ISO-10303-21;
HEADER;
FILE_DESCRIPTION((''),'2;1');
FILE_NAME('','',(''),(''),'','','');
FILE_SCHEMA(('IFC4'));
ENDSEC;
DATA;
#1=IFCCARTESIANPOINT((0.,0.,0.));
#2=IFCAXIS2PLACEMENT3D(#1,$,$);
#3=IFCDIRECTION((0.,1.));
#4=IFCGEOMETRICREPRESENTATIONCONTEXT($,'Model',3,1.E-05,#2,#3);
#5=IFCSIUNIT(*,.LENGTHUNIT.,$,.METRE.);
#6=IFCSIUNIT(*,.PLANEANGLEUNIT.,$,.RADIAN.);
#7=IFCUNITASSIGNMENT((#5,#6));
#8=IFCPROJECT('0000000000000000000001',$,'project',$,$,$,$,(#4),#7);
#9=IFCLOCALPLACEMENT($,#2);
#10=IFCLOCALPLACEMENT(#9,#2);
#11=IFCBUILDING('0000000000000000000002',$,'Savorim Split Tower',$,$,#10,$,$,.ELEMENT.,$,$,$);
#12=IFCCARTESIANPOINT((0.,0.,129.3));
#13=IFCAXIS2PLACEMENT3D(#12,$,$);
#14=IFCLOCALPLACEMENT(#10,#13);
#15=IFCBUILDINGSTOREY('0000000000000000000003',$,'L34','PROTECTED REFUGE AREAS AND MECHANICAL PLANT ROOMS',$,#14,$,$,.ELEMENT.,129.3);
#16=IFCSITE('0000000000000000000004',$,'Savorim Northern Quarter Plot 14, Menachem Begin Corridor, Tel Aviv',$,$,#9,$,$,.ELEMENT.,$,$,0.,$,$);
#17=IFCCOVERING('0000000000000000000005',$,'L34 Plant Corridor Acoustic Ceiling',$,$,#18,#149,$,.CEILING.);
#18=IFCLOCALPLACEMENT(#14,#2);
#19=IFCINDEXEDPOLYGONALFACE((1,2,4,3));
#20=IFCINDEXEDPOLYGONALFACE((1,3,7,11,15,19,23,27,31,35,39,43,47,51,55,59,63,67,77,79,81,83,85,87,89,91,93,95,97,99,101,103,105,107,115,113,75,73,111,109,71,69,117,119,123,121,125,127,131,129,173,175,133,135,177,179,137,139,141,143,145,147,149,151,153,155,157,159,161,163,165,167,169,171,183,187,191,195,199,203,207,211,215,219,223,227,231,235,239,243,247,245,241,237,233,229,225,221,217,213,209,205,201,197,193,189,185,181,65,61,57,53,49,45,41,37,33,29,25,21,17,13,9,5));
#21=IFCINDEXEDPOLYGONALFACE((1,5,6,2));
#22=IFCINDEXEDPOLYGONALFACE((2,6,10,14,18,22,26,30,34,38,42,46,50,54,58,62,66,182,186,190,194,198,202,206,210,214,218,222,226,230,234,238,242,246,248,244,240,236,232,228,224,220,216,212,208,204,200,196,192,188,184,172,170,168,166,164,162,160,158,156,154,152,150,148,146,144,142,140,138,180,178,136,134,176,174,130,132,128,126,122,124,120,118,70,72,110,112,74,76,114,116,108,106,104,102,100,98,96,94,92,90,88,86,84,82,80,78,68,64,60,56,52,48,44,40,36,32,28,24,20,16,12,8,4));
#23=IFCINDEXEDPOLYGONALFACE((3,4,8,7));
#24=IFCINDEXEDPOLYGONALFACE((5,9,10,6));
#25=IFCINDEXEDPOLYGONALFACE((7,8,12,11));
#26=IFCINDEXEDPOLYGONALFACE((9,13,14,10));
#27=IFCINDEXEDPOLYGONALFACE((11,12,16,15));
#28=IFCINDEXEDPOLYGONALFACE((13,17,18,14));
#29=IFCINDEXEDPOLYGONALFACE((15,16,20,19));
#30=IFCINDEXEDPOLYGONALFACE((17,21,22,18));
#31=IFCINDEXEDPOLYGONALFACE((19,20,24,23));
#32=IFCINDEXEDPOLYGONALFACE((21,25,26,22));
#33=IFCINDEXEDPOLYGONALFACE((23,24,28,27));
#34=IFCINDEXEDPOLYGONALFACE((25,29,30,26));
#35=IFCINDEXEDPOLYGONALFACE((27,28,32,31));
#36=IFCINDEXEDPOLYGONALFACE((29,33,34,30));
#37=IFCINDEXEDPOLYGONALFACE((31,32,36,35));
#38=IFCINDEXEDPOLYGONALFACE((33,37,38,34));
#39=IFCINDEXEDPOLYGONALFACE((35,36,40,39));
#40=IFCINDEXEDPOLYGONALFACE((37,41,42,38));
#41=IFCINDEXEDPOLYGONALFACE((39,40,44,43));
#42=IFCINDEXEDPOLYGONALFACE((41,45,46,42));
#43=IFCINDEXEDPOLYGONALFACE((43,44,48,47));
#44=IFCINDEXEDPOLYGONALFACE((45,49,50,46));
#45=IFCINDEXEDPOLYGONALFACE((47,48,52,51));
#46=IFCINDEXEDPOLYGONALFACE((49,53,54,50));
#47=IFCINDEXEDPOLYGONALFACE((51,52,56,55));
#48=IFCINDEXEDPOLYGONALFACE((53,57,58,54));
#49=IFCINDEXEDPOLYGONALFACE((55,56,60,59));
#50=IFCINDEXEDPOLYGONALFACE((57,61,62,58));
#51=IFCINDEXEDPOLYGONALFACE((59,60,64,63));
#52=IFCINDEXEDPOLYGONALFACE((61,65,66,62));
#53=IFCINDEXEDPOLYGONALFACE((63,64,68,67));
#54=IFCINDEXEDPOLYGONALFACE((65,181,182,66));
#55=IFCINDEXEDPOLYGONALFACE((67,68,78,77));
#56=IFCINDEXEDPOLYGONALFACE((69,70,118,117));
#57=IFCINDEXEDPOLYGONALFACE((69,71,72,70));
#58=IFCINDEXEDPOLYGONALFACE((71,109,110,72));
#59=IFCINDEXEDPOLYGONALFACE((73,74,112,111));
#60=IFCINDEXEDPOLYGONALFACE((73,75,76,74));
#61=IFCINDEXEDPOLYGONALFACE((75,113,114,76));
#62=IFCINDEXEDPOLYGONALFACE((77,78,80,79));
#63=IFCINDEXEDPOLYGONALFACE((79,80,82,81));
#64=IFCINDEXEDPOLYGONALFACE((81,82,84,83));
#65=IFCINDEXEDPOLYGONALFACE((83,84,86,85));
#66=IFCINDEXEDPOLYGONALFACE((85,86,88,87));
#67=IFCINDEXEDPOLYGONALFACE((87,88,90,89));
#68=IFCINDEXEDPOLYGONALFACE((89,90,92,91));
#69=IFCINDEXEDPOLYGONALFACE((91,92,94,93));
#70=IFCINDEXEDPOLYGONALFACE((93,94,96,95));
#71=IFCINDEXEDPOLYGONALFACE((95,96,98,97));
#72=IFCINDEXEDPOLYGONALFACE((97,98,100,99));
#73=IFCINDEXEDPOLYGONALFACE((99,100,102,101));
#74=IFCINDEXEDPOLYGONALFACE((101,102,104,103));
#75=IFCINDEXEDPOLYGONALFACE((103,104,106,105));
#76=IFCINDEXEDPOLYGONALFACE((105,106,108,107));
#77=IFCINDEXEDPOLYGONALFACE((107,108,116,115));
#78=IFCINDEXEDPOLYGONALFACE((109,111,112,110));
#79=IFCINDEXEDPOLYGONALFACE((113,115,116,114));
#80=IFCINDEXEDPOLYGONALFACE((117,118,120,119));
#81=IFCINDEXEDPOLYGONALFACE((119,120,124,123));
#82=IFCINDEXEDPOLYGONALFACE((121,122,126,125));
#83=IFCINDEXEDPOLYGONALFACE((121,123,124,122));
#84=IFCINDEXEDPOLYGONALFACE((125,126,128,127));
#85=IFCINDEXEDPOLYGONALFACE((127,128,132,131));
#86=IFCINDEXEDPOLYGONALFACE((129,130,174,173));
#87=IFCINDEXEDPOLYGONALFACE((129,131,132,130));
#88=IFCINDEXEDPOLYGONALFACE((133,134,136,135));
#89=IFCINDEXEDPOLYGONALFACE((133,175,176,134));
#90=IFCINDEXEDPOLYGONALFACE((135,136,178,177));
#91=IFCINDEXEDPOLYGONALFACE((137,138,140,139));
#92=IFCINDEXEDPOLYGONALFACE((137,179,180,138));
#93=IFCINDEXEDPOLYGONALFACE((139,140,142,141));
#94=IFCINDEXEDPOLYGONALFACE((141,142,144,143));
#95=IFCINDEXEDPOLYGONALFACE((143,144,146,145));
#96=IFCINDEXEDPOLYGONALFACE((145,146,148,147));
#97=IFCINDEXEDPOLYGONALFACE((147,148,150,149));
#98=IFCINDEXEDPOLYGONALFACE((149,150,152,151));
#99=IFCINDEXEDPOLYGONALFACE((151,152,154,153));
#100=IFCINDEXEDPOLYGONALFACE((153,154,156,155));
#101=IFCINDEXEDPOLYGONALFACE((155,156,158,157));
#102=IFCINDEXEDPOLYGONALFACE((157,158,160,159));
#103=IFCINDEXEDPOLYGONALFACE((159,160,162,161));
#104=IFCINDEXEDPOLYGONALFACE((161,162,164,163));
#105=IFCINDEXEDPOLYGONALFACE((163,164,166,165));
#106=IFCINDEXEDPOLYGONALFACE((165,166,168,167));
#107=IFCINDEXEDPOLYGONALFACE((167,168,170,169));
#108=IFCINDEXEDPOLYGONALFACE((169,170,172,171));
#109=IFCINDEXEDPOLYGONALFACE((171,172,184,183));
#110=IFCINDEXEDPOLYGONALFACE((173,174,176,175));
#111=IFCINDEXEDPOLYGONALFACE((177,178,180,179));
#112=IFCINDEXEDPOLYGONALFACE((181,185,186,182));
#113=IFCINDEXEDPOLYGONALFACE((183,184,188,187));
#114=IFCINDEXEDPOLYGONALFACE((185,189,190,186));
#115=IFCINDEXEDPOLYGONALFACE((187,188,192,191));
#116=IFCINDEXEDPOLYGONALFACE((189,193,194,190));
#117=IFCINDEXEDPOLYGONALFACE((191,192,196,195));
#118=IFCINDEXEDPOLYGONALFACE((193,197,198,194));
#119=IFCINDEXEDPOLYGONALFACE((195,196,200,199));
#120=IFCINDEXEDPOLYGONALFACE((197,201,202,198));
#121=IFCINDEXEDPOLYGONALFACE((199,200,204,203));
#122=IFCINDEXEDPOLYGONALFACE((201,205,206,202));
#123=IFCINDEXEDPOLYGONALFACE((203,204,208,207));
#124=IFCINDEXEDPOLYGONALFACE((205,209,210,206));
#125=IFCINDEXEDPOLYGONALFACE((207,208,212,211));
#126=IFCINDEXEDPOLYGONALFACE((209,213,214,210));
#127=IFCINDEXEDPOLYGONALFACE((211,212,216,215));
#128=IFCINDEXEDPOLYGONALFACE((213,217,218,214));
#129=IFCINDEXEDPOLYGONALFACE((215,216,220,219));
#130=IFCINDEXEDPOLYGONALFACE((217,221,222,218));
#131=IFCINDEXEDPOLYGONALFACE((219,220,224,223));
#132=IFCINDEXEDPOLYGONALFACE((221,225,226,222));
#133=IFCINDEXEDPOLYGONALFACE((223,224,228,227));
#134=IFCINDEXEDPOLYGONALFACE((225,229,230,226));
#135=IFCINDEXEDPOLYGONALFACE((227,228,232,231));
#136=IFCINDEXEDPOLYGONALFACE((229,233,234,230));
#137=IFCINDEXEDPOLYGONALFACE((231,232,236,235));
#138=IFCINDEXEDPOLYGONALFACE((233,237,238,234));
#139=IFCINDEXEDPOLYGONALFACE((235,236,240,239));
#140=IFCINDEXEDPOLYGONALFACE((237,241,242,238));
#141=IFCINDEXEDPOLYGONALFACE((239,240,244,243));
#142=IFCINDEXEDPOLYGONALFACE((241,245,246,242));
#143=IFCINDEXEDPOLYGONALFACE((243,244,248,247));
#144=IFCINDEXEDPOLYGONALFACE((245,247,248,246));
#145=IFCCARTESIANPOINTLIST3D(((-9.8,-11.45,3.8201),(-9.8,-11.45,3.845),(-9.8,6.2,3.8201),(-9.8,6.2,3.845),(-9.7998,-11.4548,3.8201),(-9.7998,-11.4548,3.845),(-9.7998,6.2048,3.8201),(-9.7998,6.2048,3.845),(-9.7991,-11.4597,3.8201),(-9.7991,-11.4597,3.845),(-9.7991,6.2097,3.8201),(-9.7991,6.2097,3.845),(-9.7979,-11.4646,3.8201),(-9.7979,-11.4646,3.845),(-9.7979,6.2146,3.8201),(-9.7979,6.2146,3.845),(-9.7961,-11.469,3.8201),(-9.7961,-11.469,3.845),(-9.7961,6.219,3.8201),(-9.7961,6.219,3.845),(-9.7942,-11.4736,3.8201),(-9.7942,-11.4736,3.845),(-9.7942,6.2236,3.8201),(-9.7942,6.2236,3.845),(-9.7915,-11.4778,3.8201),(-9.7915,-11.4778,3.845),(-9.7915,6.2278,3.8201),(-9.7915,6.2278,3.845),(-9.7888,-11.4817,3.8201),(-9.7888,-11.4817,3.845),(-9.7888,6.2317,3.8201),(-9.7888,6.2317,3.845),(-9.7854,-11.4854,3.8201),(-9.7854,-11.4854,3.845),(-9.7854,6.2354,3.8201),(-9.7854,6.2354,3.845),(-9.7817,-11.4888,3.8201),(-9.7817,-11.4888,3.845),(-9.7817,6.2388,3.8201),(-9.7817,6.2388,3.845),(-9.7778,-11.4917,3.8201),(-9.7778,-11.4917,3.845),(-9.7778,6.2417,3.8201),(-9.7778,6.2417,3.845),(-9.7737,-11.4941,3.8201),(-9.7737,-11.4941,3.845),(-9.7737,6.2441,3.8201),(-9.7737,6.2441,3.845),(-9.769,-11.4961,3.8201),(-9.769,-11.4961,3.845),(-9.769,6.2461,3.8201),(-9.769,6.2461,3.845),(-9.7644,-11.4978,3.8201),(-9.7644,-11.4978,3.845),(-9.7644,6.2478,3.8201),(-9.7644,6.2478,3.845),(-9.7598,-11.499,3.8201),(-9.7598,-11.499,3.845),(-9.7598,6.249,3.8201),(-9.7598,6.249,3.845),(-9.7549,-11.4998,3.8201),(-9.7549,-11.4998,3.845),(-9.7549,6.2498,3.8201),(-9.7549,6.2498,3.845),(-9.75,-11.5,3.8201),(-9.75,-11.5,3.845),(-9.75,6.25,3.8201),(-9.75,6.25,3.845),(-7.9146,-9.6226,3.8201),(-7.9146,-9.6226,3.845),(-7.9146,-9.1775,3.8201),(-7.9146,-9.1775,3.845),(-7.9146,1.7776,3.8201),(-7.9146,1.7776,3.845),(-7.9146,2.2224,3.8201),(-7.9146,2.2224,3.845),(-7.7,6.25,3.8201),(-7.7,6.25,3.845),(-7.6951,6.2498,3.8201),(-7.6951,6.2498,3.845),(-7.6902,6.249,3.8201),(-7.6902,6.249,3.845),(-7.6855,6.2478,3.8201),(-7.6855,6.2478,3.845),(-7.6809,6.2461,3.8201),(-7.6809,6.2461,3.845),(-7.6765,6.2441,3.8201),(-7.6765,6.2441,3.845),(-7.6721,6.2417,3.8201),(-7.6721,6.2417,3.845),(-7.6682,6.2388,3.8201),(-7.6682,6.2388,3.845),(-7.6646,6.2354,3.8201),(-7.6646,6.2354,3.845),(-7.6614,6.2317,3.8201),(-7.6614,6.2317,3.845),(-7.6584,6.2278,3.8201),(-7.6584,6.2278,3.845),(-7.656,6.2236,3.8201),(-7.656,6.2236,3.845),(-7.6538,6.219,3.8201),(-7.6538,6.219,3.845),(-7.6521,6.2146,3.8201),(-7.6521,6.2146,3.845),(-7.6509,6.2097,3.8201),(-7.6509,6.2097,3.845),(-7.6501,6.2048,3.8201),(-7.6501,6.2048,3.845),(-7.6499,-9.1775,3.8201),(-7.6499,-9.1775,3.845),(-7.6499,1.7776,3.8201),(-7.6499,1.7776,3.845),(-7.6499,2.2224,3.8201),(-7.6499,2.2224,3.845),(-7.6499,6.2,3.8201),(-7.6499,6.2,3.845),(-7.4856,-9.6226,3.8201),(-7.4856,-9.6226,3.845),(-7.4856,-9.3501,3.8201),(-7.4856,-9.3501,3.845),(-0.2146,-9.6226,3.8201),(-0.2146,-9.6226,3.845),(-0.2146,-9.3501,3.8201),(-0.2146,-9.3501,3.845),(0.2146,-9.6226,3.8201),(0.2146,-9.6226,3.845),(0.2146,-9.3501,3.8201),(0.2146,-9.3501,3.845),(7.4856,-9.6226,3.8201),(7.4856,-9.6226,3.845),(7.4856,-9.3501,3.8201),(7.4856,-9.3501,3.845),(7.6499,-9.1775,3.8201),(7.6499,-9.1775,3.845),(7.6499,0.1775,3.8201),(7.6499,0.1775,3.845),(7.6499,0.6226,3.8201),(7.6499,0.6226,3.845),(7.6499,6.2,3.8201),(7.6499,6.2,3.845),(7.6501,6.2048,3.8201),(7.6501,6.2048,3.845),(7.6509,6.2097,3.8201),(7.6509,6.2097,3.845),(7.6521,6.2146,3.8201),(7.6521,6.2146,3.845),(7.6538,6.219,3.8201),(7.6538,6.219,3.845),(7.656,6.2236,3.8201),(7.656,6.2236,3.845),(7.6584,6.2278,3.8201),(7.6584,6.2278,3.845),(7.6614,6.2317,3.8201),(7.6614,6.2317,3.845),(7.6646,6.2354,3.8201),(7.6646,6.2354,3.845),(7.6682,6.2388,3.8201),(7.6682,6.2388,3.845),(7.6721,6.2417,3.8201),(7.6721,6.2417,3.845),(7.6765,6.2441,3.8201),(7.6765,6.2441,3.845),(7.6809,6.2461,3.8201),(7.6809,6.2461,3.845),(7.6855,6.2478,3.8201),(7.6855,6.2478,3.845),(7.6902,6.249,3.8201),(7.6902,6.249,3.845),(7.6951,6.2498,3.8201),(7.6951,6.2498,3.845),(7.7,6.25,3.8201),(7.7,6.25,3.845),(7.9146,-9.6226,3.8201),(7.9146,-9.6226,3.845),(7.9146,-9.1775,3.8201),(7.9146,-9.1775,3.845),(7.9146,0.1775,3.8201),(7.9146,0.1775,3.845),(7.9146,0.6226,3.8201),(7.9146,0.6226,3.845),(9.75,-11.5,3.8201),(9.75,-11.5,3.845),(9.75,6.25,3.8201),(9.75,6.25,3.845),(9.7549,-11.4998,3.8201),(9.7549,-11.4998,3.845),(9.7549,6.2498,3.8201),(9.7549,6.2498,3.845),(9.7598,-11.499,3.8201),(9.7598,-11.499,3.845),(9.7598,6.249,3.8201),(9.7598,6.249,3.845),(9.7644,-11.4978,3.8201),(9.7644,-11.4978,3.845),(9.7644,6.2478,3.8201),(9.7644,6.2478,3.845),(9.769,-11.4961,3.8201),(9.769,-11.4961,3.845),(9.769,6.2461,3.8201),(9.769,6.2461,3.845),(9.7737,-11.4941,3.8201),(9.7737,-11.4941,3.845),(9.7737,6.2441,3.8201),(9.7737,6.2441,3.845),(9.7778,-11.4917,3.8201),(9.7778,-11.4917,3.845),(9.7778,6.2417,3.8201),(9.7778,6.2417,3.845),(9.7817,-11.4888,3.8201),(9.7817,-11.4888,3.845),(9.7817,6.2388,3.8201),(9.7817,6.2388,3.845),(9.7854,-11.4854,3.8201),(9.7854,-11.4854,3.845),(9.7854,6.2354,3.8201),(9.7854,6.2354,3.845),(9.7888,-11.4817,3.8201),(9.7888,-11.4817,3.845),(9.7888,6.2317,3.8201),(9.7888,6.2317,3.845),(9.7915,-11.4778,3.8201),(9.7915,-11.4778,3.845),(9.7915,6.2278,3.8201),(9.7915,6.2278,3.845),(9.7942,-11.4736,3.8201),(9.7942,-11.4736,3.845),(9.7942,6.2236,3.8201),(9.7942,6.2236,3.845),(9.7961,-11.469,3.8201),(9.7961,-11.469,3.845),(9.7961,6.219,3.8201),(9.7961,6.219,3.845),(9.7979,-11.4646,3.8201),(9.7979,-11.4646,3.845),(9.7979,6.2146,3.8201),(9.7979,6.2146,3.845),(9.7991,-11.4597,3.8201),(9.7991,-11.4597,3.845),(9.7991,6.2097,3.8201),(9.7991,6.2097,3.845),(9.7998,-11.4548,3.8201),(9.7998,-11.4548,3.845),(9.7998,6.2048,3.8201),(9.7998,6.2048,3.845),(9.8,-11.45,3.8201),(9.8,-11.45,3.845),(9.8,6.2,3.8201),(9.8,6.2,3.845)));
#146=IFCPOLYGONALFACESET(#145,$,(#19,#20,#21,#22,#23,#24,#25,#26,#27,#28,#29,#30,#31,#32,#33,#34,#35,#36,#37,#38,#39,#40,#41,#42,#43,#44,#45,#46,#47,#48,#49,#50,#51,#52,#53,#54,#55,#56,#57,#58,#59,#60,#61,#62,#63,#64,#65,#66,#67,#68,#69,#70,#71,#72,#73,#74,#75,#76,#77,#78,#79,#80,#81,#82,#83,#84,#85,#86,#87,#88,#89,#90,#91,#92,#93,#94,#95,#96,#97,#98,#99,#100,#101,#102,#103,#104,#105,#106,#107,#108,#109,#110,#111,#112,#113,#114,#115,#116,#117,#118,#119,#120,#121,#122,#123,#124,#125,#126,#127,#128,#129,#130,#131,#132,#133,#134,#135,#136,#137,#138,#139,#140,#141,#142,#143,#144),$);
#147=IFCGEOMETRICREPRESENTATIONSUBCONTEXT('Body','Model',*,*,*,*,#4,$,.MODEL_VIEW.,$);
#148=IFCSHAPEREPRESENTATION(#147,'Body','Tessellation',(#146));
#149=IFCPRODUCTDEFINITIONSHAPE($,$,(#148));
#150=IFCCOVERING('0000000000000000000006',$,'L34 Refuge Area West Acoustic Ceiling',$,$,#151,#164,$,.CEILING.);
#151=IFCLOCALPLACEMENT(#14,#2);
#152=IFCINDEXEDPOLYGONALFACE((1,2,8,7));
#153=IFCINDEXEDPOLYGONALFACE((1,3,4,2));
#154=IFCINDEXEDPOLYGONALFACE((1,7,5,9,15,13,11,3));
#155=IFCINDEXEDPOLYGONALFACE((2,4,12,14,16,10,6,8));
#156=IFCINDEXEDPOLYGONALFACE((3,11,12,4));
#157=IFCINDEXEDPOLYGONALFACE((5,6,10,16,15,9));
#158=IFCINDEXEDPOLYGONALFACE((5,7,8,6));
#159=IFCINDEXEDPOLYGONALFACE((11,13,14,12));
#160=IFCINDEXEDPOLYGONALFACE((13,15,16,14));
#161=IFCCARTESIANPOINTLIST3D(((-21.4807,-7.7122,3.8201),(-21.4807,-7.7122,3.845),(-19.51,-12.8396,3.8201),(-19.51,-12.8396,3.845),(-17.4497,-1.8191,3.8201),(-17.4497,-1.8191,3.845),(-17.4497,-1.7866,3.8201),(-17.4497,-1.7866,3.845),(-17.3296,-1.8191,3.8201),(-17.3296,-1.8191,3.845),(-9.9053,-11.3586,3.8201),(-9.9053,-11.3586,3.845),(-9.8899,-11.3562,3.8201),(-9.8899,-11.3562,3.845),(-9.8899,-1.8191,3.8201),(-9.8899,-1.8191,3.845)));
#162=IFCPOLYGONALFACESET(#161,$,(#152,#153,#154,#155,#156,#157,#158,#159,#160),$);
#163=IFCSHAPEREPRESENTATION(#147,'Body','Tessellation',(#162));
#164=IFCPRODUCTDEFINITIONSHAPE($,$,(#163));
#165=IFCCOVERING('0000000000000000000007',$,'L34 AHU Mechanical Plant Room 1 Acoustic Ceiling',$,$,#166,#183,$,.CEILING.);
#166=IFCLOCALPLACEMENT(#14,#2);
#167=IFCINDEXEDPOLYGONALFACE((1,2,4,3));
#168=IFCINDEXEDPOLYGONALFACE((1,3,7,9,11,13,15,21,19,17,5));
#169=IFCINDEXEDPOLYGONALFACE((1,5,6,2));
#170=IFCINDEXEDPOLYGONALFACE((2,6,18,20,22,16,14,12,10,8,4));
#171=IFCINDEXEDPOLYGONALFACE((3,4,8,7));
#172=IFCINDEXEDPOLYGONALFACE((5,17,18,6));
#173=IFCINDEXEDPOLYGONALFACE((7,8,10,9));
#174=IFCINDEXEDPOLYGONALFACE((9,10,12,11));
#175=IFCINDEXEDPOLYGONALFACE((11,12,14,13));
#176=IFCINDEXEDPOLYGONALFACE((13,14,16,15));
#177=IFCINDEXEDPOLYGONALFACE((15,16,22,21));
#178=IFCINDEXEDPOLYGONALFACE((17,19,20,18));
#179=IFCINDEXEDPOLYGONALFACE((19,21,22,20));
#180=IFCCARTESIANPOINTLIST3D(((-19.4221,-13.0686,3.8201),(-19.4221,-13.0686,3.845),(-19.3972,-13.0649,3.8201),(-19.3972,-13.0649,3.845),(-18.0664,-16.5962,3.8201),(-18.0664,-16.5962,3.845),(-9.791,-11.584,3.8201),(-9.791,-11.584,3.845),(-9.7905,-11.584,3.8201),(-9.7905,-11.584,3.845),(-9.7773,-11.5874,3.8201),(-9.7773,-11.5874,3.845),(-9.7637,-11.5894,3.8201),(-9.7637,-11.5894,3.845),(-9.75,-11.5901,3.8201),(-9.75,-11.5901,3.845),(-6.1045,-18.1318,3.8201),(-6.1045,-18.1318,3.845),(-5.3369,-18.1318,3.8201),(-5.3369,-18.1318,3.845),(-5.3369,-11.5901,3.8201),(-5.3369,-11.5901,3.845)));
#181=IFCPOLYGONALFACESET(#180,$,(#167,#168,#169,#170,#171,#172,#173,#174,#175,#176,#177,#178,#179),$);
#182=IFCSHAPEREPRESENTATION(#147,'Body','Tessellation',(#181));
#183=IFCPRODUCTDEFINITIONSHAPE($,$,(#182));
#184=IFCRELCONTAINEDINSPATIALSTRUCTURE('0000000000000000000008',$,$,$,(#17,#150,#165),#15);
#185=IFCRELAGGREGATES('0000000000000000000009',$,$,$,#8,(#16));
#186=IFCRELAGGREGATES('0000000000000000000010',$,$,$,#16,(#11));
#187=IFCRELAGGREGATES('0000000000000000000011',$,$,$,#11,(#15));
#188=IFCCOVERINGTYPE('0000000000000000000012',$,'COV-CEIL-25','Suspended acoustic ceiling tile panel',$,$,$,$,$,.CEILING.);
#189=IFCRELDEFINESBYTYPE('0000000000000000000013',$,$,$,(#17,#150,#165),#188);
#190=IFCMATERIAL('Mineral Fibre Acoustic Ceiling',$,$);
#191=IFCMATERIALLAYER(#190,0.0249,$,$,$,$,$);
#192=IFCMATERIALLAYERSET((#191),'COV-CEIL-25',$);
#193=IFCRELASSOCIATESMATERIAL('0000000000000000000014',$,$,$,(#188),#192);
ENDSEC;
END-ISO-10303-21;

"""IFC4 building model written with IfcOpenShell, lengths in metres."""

from ifc_helpers import new_model, si_unit, direction, frame, origin, place, context, subcontext, project, spatial, polyline, outline, extrude, material, layer, layer_set, type_object, element, save


model = new_model("IFC4")

# Units and contexts
model_context = context("Model", 3, precision=1e-05, world=origin(), true_north=direction((0.0, 1.0)))
body_context = subcontext(model_context, "Body", "Model", "MODEL_VIEW")
ifc_project = project(units=[si_unit("LENGTHUNIT", "METRE"), si_unit("PLANEANGLEUNIT", "RADIAN")], contexts=[model_context])

# Site, building, storey
site_placement = place(None, origin())
site = spatial("IfcSite", under=ifc_project, at=site_placement, Name="Savorim Northern Quarter Plot 14, Menachem Begin Corridor, Tel Aviv", CompositionType="ELEMENT", RefElevation=0.0)
building_placement = place(site_placement, origin())
building = spatial("IfcBuilding", under=site, at=building_placement, Name="Savorim Split Tower", CompositionType="ELEMENT")
storey_placement = place(building_placement, frame((0.0, 0.0, 129.3)))
storey = spatial("IfcBuildingStorey", under=building, at=storey_placement, Name="L34", Description="PROTECTED REFUGE AREAS AND MECHANICAL PLANT ROOMS", CompositionType="ELEMENT", Elevation=129.3)

# Coverings
ifc_material_1 = material(Name="Mineral Fibre Acoustic Ceiling")
ifc_layer_1 = layer(ifc_material_1, 0.0249)
ifc_layer_set_1 = layer_set([ifc_layer_1], Name="COV-CEIL-25")
covering_type_1 = type_object("IfcCoveringType", Name="COV-CEIL-25", Description="Suspended acoustic ceiling tile panel", PredefinedType="CEILING", material=ifc_layer_set_1)
covering_1_placement = place(storey_placement, frame((0.0, 0.0, 3.8201)))
element("IfcCovering", 1, at=covering_1_placement, inside=storey, type_object=covering_type_1, Name="L34 Plant Corridor Acoustic Ceiling", PredefinedType="CEILING", context=body_context, shape_type="SweptSolid", body=[
    extrude(outline(polyline([(7.9146, 0.1775), (7.6499, 0.1775), (7.6499, -9.1775), (7.9146, -9.1775), (7.9146, -9.6226), (7.4856, -9.6226), (7.4856, -9.3501), (0.2146, -9.3501), (0.2146, -9.6226), (-0.2146, -9.6226), (-0.2146, -9.3501), (-7.4856, -9.3501), (-7.4856, -9.6226), (-7.9146, -9.6226), (-7.9146, -9.1775), (-7.6499, -9.1775), (-7.6499, 1.7776), (-7.9146, 1.7776), (-7.9146, 2.2224), (-7.6499, 2.2224), (-7.6499, 6.2), (-7.6501, 6.2048), (-7.6509, 6.2097), (-7.6521, 6.2146), (-7.6538, 6.219), (-7.656, 6.2236), (-7.6584, 6.2278), (-7.6614, 6.2317), (-7.6646, 6.2354), (-7.6682, 6.2388), (-7.6721, 6.2417), (-7.6765, 6.2441), (-7.6809, 6.2461), (-7.6855, 6.2478), (-7.6902, 6.249), (-7.6951, 6.2498), (-7.7, 6.25), (-9.75, 6.25), (-9.7549, 6.2498), (-9.7598, 6.249), (-9.7644, 6.2478), (-9.769, 6.2461), (-9.7737, 6.2441), (-9.7778, 6.2417), (-9.7817, 6.2388), (-9.7854, 6.2354), (-9.7888, 6.2317), (-9.7915, 6.2278), (-9.7942, 6.2236), (-9.7961, 6.219), (-9.7979, 6.2146), (-9.7991, 6.2097), (-9.7998, 6.2048), (-9.8, 6.2), (-9.8, -11.45), (-9.7998, -11.4548), (-9.7991, -11.4597), (-9.7979, -11.4646), (-9.7961, -11.469), (-9.7942, -11.4736), (-9.7915, -11.4778), (-9.7888, -11.4817), (-9.7854, -11.4854), (-9.7817, -11.4888), (-9.7778, -11.4917), (-9.7737, -11.4941), (-9.769, -11.4961), (-9.7644, -11.4978), (-9.7598, -11.499), (-9.7549, -11.4998), (-9.75, -11.5), (9.75, -11.5), (9.7549, -11.4998), (9.7598, -11.499), (9.7644, -11.4978), (9.769, -11.4961), (9.7737, -11.4941), (9.7778, -11.4917), (9.7817, -11.4888), (9.7854, -11.4854), (9.7888, -11.4817), (9.7915, -11.4778), (9.7942, -11.4736), (9.7961, -11.469), (9.7979, -11.4646), (9.7991, -11.4597), (9.7998, -11.4548), (9.8, -11.45), (9.8, 6.2), (9.7998, 6.2048), (9.7991, 6.2097), (9.7979, 6.2146), (9.7961, 6.219), (9.7942, 6.2236), (9.7915, 6.2278), (9.7888, 6.2317), (9.7854, 6.2354), (9.7817, 6.2388), (9.7778, 6.2417), (9.7737, 6.2441), (9.769, 6.2461), (9.7644, 6.2478), (9.7598, 6.249), (9.7549, 6.2498), (9.75, 6.25), (7.7, 6.25), (7.6951, 6.2498), (7.6902, 6.249), (7.6855, 6.2478), (7.6809, 6.2461), (7.6765, 6.2441), (7.6721, 6.2417), (7.6682, 6.2388), (7.6646, 6.2354), (7.6614, 6.2317), (7.6584, 6.2278), (7.656, 6.2236), (7.6538, 6.219), (7.6521, 6.2146), (7.6509, 6.2097), (7.6501, 6.2048), (7.6499, 6.2), (7.6499, 0.6226), (7.9146, 0.6226), (7.9146, 0.1775)])), origin(), (0.0, 0.0, 1.0), 0.0249),
])
covering_2_placement = place(storey_placement, frame((0.0, 0.0, 3.8201)))
element("IfcCovering", 2, at=covering_2_placement, inside=storey, type_object=covering_type_1, Name="L34 Refuge Area West Acoustic Ceiling", PredefinedType="CEILING", context=body_context, shape_type="SweptSolid", body=[
    extrude(outline(polyline([(-17.4497, -1.8191), (-17.4497, -1.7866), (-21.4807, -7.7122), (-19.51, -12.8396), (-9.9053, -11.3586), (-9.8899, -11.3562), (-9.8899, -1.8191), (-17.3296, -1.8191), (-17.4497, -1.8191)])), origin(), (0.0, 0.0, 1.0), 0.0249),
])
covering_3_placement = place(storey_placement, frame((0.0, 0.0, 3.8201)))
element("IfcCovering", 3, at=covering_3_placement, inside=storey, type_object=covering_type_1, Name="L34 AHU Mechanical Plant Room 1 Acoustic Ceiling", PredefinedType="CEILING", context=body_context, shape_type="SweptSolid", body=[
    extrude(outline(polyline([(-19.4221, -13.0686), (-18.0664, -16.5962), (-6.1045, -18.1318), (-5.3369, -18.1318), (-5.3369, -11.5901), (-9.75, -11.5901), (-9.7637, -11.5894), (-9.7773, -11.5874), (-9.7905, -11.584), (-9.791, -11.584), (-19.3972, -13.0649), (-19.4221, -13.0686)])), origin(), (0.0, 0.0, 1.0), 0.0249),
])

save(model, "model.ifc")
